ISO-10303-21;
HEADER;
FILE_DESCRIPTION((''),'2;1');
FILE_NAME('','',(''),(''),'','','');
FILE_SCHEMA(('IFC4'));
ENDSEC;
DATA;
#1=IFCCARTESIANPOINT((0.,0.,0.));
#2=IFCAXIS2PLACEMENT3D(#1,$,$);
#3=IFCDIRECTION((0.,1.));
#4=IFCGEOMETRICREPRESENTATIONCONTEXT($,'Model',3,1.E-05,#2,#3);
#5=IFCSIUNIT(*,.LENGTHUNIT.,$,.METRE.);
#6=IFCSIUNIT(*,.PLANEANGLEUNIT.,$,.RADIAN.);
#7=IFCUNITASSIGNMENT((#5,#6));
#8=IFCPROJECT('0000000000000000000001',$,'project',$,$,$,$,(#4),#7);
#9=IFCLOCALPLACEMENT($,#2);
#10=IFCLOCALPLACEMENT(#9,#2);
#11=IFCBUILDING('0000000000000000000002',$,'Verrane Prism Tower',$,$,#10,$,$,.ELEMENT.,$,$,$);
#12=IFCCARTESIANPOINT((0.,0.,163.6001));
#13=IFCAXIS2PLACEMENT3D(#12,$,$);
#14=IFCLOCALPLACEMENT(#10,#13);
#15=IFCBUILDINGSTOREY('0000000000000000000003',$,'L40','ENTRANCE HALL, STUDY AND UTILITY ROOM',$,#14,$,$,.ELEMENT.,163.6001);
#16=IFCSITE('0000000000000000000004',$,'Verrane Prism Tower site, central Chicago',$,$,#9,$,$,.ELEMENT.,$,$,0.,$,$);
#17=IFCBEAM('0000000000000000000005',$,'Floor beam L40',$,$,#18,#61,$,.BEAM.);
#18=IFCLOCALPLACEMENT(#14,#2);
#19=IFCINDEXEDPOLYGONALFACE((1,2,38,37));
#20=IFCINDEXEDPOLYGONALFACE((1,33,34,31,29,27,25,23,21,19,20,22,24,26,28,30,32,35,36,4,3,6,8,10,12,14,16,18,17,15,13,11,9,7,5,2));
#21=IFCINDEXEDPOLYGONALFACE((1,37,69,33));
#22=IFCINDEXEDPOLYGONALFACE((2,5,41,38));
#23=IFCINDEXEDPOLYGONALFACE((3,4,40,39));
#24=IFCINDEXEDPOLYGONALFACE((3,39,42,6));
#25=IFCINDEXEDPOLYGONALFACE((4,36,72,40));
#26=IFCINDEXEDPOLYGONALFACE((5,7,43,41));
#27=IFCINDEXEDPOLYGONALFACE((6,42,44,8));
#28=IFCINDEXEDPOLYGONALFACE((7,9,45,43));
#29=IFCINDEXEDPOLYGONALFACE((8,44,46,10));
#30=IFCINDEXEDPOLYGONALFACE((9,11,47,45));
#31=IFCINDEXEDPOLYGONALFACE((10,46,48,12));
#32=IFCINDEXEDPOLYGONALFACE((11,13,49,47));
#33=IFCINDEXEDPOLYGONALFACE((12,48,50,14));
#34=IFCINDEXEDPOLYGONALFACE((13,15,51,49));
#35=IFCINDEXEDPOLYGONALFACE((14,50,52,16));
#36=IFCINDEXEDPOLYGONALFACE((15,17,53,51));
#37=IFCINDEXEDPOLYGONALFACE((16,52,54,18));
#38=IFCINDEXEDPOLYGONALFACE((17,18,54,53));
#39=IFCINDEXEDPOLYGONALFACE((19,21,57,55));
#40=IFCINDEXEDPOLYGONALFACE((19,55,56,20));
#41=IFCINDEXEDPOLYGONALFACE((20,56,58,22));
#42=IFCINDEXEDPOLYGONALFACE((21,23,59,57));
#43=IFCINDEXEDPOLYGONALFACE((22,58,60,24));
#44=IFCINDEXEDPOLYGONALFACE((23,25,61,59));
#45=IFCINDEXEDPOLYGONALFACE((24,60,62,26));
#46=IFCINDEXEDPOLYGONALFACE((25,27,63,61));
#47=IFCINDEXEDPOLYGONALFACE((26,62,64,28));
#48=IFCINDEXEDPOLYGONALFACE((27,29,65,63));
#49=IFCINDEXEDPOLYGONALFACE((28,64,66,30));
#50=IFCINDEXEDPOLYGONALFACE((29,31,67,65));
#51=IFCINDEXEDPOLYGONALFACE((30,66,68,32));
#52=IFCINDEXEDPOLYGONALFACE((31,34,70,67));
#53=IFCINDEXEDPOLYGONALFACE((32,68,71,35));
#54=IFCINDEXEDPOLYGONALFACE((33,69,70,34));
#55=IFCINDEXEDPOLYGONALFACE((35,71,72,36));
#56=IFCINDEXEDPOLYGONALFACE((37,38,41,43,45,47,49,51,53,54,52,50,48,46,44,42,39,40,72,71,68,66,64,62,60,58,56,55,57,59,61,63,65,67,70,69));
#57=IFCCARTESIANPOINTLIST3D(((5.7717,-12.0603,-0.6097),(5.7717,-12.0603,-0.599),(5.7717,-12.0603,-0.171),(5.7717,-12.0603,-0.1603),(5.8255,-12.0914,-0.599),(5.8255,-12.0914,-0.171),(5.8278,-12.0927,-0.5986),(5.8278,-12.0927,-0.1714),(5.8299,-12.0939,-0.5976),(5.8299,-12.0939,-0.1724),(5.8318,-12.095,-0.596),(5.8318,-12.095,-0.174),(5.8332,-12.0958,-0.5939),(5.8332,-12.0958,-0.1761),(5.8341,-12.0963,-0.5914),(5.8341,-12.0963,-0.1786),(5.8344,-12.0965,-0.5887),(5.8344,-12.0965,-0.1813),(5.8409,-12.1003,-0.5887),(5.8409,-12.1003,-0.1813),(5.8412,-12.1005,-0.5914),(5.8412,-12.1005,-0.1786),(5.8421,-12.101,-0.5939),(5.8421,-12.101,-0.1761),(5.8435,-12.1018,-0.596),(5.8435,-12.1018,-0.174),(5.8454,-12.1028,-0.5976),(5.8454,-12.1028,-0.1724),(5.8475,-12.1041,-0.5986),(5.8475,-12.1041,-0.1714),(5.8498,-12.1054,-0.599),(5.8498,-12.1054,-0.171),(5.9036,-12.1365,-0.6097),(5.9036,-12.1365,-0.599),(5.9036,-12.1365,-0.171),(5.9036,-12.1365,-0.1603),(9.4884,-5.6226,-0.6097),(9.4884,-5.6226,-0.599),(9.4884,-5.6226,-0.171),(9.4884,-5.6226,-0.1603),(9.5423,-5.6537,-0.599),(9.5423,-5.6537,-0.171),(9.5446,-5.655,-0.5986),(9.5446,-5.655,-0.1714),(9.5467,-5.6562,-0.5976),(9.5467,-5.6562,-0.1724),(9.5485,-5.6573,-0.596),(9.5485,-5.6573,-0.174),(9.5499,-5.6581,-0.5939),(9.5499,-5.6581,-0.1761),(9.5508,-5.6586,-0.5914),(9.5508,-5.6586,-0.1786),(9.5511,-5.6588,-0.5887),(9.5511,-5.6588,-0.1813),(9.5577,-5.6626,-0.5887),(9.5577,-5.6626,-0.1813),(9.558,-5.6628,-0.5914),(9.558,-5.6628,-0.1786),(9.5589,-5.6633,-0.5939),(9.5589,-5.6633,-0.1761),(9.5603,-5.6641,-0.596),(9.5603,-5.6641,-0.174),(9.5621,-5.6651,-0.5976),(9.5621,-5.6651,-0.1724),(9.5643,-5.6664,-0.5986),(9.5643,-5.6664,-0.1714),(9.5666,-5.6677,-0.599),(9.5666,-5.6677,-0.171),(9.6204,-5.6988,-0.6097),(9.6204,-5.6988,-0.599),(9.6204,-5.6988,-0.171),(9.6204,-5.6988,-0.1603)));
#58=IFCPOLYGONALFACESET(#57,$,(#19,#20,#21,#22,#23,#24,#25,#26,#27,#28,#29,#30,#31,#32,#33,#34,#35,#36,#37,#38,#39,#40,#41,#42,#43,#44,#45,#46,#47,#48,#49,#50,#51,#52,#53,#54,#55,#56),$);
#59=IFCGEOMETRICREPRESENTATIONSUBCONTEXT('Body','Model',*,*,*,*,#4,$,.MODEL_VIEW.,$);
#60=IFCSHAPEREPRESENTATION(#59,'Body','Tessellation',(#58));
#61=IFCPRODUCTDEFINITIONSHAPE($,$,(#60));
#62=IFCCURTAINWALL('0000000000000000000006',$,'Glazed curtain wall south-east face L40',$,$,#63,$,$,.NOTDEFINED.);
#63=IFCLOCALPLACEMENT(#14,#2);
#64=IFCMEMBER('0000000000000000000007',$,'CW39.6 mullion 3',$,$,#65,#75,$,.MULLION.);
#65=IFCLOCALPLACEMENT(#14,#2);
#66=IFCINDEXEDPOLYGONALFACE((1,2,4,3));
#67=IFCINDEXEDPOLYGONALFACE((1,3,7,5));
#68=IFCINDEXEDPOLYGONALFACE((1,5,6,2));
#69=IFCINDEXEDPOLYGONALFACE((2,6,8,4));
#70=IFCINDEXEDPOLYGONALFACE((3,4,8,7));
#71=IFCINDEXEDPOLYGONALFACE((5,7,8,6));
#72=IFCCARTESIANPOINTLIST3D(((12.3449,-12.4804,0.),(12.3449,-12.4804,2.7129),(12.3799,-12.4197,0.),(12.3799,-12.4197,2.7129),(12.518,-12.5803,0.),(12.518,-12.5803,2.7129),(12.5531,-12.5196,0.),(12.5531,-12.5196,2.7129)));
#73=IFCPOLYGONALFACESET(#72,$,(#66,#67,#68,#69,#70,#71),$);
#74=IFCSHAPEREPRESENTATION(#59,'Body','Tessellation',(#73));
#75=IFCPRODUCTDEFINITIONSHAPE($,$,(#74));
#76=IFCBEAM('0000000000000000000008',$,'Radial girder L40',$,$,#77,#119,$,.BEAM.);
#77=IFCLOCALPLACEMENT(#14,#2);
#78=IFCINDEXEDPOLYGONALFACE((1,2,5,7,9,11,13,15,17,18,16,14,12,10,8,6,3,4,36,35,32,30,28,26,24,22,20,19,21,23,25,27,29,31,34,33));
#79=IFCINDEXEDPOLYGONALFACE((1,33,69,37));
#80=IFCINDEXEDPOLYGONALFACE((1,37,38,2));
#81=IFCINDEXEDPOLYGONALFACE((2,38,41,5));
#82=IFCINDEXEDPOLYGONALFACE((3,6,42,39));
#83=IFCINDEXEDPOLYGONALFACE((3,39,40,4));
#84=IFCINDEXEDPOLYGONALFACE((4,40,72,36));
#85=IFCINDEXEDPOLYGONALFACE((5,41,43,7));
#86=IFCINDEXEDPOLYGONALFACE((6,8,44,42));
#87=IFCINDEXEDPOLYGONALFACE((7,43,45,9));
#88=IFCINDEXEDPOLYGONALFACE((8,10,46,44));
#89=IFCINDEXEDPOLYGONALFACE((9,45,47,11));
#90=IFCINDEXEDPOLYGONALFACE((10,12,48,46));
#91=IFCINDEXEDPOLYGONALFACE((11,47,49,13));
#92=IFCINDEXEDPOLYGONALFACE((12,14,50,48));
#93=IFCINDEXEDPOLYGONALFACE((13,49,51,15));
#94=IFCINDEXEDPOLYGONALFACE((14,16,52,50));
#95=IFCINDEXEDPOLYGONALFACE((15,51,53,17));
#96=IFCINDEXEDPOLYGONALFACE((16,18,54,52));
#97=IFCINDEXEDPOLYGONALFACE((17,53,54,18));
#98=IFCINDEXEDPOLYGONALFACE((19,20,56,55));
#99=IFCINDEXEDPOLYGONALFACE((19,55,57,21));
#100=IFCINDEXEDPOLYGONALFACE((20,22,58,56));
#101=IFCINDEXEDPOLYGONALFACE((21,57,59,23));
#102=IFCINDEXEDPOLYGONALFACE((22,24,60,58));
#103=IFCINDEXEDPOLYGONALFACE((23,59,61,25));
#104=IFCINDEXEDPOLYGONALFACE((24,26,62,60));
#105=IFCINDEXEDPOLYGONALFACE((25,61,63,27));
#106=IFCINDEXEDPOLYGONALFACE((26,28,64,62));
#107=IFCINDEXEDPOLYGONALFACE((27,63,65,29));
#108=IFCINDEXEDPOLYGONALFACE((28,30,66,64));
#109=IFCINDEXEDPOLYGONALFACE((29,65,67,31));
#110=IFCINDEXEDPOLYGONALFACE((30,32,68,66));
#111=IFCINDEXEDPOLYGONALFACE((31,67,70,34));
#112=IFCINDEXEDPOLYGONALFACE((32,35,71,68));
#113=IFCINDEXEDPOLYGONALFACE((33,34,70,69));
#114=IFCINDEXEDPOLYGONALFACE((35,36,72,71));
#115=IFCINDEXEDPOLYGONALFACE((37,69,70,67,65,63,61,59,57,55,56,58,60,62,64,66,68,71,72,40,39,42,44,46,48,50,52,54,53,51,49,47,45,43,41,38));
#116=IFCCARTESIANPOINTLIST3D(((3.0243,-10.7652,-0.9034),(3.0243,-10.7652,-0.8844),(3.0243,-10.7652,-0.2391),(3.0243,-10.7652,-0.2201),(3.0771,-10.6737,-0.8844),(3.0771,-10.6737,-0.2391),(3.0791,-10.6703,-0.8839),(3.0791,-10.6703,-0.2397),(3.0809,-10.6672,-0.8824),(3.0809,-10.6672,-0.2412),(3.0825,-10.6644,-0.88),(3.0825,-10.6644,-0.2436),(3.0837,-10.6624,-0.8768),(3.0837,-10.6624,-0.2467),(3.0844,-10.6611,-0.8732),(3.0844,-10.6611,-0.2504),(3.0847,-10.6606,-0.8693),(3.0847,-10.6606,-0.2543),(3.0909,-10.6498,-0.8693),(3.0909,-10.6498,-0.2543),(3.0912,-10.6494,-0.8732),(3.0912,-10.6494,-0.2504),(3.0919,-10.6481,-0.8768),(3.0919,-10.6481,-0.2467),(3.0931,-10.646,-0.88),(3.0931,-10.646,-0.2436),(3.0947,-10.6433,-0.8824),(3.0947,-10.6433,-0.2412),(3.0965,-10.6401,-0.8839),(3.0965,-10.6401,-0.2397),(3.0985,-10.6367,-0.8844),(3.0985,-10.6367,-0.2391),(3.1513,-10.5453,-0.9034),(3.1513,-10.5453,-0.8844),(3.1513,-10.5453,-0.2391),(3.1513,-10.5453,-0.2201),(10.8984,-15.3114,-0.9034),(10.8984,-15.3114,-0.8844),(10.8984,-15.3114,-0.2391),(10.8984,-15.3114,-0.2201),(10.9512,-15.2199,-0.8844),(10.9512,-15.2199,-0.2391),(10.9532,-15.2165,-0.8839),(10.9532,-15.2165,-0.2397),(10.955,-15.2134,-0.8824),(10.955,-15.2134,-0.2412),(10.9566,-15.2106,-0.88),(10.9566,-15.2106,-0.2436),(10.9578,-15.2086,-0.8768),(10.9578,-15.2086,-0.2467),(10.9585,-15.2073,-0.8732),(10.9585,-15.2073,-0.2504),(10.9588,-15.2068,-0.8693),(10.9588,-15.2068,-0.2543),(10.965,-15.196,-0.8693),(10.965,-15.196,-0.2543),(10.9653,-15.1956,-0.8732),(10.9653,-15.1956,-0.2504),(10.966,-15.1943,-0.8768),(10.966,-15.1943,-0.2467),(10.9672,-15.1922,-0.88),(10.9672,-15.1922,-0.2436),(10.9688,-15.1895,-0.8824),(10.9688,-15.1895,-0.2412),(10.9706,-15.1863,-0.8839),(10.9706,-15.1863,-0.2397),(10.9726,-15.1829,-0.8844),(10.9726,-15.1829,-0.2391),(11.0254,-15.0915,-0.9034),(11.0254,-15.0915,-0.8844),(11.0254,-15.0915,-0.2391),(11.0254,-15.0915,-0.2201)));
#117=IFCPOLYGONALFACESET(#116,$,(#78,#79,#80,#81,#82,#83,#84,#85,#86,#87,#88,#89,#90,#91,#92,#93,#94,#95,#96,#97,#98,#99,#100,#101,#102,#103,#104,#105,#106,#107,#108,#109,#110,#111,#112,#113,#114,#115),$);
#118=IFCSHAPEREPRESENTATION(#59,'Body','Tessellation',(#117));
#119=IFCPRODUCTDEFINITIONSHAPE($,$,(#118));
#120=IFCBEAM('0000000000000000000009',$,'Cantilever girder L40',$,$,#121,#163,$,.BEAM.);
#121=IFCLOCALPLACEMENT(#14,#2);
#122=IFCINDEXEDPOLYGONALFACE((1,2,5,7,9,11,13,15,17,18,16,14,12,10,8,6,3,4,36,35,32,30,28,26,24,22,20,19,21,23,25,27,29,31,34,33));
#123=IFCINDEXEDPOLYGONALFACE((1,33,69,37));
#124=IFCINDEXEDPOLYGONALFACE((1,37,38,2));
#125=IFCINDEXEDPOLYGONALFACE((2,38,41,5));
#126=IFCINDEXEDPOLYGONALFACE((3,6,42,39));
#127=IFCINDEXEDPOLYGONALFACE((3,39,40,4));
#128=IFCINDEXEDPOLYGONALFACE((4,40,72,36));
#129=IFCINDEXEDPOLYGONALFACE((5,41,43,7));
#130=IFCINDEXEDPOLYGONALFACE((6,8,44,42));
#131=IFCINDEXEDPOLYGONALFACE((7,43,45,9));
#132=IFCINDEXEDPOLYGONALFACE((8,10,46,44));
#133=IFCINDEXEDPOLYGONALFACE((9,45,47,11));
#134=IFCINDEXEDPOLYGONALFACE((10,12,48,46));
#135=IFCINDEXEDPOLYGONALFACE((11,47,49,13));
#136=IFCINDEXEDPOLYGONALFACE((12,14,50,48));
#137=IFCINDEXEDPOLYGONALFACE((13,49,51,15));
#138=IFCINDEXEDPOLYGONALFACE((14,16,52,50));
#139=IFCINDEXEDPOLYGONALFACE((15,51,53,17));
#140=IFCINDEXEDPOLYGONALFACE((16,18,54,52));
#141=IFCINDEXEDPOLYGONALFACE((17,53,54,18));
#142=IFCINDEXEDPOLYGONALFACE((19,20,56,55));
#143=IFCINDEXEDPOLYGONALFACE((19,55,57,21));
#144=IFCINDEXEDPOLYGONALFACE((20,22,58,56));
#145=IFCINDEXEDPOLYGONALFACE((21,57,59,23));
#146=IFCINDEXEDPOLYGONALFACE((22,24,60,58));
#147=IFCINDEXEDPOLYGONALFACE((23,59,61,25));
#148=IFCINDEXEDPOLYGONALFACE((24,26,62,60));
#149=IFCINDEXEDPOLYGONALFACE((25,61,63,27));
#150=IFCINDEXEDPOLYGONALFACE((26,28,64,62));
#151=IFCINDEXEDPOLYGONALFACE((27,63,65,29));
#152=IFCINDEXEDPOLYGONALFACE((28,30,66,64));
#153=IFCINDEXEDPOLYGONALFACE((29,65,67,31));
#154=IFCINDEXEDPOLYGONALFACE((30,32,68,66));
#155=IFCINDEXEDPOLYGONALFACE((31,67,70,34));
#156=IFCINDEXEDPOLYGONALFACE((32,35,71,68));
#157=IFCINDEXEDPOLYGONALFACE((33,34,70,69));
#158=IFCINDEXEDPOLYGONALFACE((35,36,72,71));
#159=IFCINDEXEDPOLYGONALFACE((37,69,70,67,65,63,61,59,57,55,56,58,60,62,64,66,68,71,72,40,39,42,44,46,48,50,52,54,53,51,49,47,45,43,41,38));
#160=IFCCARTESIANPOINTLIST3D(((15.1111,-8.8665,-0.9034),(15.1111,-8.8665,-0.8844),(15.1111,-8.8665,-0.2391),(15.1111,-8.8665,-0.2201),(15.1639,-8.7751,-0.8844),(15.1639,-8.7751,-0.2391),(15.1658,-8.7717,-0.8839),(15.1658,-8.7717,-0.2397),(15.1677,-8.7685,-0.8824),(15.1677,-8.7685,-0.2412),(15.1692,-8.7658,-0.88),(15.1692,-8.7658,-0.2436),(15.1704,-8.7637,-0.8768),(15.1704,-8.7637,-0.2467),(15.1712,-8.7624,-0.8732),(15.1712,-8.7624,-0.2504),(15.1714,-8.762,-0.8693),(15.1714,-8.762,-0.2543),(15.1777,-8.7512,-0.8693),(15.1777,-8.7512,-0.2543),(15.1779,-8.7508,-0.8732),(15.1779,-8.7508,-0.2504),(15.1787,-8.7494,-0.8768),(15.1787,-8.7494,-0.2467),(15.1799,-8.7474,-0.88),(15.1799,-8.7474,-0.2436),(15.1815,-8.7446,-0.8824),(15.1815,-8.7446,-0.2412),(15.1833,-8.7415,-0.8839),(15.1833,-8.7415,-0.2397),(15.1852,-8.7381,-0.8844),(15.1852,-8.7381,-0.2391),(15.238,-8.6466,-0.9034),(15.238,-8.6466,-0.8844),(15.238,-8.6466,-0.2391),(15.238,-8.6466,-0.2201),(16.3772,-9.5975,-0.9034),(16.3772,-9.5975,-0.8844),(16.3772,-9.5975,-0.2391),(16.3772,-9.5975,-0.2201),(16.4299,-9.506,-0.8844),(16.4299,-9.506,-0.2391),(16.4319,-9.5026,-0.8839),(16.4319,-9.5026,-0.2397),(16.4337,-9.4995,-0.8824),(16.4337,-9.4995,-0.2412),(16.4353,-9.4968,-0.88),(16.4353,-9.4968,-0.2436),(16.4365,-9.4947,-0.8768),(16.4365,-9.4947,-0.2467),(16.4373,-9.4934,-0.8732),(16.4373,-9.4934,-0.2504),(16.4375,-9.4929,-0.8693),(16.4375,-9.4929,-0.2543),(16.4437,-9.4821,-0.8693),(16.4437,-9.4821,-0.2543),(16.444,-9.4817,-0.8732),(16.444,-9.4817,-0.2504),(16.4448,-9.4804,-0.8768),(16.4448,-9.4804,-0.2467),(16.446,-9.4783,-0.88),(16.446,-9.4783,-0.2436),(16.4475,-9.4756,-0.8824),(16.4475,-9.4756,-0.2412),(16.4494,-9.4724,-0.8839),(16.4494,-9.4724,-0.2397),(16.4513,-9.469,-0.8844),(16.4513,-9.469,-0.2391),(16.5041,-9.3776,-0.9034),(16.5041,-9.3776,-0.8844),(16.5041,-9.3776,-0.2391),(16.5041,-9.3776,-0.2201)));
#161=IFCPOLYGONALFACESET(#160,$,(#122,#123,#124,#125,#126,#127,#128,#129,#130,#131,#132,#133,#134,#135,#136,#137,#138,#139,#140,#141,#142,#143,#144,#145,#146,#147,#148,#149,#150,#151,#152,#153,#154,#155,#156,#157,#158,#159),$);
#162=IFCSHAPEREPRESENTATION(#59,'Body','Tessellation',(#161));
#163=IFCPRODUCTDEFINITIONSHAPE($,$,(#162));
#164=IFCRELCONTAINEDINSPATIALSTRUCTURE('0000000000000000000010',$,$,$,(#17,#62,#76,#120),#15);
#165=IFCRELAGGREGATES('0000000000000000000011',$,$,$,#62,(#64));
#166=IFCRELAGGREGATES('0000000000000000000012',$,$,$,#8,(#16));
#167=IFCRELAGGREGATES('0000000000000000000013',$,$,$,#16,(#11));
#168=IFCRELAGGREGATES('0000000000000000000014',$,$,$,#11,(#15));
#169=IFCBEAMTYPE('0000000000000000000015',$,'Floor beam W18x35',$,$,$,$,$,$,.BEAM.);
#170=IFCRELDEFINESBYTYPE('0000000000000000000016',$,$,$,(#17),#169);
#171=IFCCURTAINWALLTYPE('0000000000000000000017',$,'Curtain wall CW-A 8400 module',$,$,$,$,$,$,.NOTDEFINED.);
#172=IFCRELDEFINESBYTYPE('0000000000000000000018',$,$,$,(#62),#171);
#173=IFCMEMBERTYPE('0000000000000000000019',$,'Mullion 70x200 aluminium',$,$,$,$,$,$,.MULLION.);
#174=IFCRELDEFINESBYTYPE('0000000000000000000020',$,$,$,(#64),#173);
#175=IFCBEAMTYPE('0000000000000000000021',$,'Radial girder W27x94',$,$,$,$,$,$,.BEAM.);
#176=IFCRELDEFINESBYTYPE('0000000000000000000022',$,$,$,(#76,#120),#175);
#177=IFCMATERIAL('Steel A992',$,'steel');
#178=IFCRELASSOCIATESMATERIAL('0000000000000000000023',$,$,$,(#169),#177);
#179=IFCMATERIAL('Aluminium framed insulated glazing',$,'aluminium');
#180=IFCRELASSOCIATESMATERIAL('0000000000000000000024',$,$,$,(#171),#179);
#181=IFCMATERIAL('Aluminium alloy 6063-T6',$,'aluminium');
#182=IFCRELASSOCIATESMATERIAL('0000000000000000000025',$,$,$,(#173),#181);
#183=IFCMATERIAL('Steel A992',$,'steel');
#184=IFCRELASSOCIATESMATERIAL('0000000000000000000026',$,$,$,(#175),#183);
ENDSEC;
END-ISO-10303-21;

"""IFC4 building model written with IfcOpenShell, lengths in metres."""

from ifc_helpers import new_model, si_unit, direction, frame, origin, origin_2d, place, context, subcontext, project, spatial, rectangle, i_section, extrude, material, material_profile, profile_set, type_object, element, aggregate, save


model = new_model("IFC4")

# Units and contexts
model_context = context("Model", 3, precision=1e-05, world=origin(), true_north=direction((0.0, 1.0)))
body_context = subcontext(model_context, "Body", "Model", "MODEL_VIEW")
ifc_project = project(units=[si_unit("LENGTHUNIT", "METRE"), si_unit("PLANEANGLEUNIT", "RADIAN")], contexts=[model_context])

# Site, building, storey
site_placement = place(None, origin())
site = spatial("IfcSite", under=ifc_project, at=site_placement, Name="Verrane Prism Tower site, central Chicago", CompositionType="ELEMENT", RefElevation=0.0)
building_placement = place(site_placement, origin())
building = spatial("IfcBuilding", under=site, at=building_placement, Name="Verrane Prism Tower", CompositionType="ELEMENT")
storey_placement = place(building_placement, frame((0.0, 0.0, 163.6001)))
storey = spatial("IfcBuildingStorey", under=building, at=storey_placement, Name="L40", Description="ENTRANCE HALL, STUDY AND UTILITY ROOM", CompositionType="ELEMENT", Elevation=163.6001)

# Beam
ifc_material_1 = material(Name="Steel A992", Category="steel")
ifc_material_profile_1 = material_profile(ifc_material_1, i_section(OverallWidth=0.1523, OverallDepth=0.4495, WebThickness=0.0076, FlangeThickness=0.0107, FilletRadius=0.0103, at=origin_2d()), Name="W18x35")
ifc_profile_set_1 = profile_set([ifc_material_profile_1], Name="Steel A992")
beam_type_1 = type_object("IfcBeamType", Name="Floor beam W18x35", PredefinedType="BEAM", material=ifc_profile_set_1)
beam_1_placement = place(storey_placement, frame((5.8376, -12.0984, -0.385), z_axis=(0.499996, 0.866028, 0.0), x_axis=(-0.866028, 0.499996, 0.0)))
element("IfcBeam", 1, at=beam_1_placement, inside=storey, type_object=beam_type_1, Name="Floor beam L40", PredefinedType="BEAM", context=body_context, shape_type="SweptSolid", body=[
    extrude(i_section(OverallWidth=0.1523, OverallDepth=0.4495, WebThickness=0.0076, FlangeThickness=0.0107, FilletRadius=0.0103, at=origin_2d()), origin(), (0.0, 0.0, 1.0), 7.4336),
])

# Curtain wall, member
ifc_material_2 = material(Name="Aluminium framed insulated glazing", Category="aluminium")
curtain_wall_type = type_object("IfcCurtainWallType", Name="Curtain wall CW-A 8400 module", PredefinedType="NOTDEFINED", material=ifc_material_2)
curtain_wall_placement = place(storey_placement, origin())
curtain_wall = element("IfcCurtainWall", 2, at=curtain_wall_placement, inside=storey, type_object=curtain_wall_type, Name="Glazed curtain wall south-east face L40", PredefinedType="NOTDEFINED")
ifc_material_3 = material(Name="Aluminium alloy 6063-T6", Category="aluminium")
ifc_material_profile_2 = material_profile(ifc_material_3, rectangle(XDim=0.2, YDim=0.0701, at=origin_2d()), Name="Mullion 70x200 aluminium")
ifc_profile_set_2 = profile_set([ifc_material_profile_2], Name="Aluminium alloy 6063-T6")
member_type_1 = type_object("IfcMemberType", Name="Mullion 70x200 aluminium", PredefinedType="MULLION", material=ifc_profile_set_2)
member_1_placement = place(storey_placement, frame((12.449, -12.5, 0.0), z_axis=(0.0, 0.0, 1.0), x_axis=(-0.866026, 0.499999, 0.0)))
member_1 = element("IfcMember", 3, at=member_1_placement, type_object=member_type_1, Name="CW39.6 mullion 3", PredefinedType="MULLION", context=body_context, shape_type="SweptSolid", body=[
    extrude(rectangle(XDim=0.2, YDim=0.0701, at=origin_2d()), origin(), (0.0, 0.0, 1.0), 2.7129),
])

# Beams
ifc_material_4 = material(Name="Steel A992", Category="steel")
ifc_material_profile_3 = material_profile(ifc_material_4, i_section(OverallWidth=0.2539, OverallDepth=0.6833, WebThickness=0.0125, FlangeThickness=0.019, FilletRadius=0.0151, at=origin_2d()), Name="W27x94")
ifc_profile_set_3 = profile_set([ifc_material_profile_3], Name="Steel A992")
beam_type_2 = type_object("IfcBeamType", Name="Radial girder W27x94", PredefinedType="BEAM", material=ifc_profile_set_3)
beam_2_placement = place(storey_placement, frame((10.9619, -15.2014, -0.5618), z_axis=(-0.866022, 0.500006, 0.0), x_axis=(-0.500006, -0.866022, 0.0)))
element("IfcBeam", 4, at=beam_2_placement, inside=storey, type_object=beam_type_2, Name="Radial girder L40", PredefinedType="BEAM", context=body_context, shape_type="SweptSolid", body=[
    extrude(i_section(OverallWidth=0.2539, OverallDepth=0.6833, WebThickness=0.0125, FlangeThickness=0.019, FilletRadius=0.0151, at=origin_2d()), origin(), (0.0, 0.0, 1.0), 9.0923),
])
beam_3_placement = place(storey_placement, frame((15.1746, -8.7566, -0.5618), z_axis=(0.866035, -0.499983, 0.0), x_axis=(0.499983, 0.866035, 0.0)))
element("IfcBeam", 5, at=beam_3_placement, inside=storey, type_object=beam_type_2, Name="Cantilever girder L40", PredefinedType="BEAM", context=body_context, shape_type="SweptSolid", body=[
    extrude(i_section(OverallWidth=0.2539, OverallDepth=0.6833, WebThickness=0.0125, FlangeThickness=0.019, FilletRadius=0.0151, at=origin_2d()), origin(), (0.0, 0.0, 1.0), 1.4619),
])

aggregate(curtain_wall, [member_1])

save(model, "model.ifc")
